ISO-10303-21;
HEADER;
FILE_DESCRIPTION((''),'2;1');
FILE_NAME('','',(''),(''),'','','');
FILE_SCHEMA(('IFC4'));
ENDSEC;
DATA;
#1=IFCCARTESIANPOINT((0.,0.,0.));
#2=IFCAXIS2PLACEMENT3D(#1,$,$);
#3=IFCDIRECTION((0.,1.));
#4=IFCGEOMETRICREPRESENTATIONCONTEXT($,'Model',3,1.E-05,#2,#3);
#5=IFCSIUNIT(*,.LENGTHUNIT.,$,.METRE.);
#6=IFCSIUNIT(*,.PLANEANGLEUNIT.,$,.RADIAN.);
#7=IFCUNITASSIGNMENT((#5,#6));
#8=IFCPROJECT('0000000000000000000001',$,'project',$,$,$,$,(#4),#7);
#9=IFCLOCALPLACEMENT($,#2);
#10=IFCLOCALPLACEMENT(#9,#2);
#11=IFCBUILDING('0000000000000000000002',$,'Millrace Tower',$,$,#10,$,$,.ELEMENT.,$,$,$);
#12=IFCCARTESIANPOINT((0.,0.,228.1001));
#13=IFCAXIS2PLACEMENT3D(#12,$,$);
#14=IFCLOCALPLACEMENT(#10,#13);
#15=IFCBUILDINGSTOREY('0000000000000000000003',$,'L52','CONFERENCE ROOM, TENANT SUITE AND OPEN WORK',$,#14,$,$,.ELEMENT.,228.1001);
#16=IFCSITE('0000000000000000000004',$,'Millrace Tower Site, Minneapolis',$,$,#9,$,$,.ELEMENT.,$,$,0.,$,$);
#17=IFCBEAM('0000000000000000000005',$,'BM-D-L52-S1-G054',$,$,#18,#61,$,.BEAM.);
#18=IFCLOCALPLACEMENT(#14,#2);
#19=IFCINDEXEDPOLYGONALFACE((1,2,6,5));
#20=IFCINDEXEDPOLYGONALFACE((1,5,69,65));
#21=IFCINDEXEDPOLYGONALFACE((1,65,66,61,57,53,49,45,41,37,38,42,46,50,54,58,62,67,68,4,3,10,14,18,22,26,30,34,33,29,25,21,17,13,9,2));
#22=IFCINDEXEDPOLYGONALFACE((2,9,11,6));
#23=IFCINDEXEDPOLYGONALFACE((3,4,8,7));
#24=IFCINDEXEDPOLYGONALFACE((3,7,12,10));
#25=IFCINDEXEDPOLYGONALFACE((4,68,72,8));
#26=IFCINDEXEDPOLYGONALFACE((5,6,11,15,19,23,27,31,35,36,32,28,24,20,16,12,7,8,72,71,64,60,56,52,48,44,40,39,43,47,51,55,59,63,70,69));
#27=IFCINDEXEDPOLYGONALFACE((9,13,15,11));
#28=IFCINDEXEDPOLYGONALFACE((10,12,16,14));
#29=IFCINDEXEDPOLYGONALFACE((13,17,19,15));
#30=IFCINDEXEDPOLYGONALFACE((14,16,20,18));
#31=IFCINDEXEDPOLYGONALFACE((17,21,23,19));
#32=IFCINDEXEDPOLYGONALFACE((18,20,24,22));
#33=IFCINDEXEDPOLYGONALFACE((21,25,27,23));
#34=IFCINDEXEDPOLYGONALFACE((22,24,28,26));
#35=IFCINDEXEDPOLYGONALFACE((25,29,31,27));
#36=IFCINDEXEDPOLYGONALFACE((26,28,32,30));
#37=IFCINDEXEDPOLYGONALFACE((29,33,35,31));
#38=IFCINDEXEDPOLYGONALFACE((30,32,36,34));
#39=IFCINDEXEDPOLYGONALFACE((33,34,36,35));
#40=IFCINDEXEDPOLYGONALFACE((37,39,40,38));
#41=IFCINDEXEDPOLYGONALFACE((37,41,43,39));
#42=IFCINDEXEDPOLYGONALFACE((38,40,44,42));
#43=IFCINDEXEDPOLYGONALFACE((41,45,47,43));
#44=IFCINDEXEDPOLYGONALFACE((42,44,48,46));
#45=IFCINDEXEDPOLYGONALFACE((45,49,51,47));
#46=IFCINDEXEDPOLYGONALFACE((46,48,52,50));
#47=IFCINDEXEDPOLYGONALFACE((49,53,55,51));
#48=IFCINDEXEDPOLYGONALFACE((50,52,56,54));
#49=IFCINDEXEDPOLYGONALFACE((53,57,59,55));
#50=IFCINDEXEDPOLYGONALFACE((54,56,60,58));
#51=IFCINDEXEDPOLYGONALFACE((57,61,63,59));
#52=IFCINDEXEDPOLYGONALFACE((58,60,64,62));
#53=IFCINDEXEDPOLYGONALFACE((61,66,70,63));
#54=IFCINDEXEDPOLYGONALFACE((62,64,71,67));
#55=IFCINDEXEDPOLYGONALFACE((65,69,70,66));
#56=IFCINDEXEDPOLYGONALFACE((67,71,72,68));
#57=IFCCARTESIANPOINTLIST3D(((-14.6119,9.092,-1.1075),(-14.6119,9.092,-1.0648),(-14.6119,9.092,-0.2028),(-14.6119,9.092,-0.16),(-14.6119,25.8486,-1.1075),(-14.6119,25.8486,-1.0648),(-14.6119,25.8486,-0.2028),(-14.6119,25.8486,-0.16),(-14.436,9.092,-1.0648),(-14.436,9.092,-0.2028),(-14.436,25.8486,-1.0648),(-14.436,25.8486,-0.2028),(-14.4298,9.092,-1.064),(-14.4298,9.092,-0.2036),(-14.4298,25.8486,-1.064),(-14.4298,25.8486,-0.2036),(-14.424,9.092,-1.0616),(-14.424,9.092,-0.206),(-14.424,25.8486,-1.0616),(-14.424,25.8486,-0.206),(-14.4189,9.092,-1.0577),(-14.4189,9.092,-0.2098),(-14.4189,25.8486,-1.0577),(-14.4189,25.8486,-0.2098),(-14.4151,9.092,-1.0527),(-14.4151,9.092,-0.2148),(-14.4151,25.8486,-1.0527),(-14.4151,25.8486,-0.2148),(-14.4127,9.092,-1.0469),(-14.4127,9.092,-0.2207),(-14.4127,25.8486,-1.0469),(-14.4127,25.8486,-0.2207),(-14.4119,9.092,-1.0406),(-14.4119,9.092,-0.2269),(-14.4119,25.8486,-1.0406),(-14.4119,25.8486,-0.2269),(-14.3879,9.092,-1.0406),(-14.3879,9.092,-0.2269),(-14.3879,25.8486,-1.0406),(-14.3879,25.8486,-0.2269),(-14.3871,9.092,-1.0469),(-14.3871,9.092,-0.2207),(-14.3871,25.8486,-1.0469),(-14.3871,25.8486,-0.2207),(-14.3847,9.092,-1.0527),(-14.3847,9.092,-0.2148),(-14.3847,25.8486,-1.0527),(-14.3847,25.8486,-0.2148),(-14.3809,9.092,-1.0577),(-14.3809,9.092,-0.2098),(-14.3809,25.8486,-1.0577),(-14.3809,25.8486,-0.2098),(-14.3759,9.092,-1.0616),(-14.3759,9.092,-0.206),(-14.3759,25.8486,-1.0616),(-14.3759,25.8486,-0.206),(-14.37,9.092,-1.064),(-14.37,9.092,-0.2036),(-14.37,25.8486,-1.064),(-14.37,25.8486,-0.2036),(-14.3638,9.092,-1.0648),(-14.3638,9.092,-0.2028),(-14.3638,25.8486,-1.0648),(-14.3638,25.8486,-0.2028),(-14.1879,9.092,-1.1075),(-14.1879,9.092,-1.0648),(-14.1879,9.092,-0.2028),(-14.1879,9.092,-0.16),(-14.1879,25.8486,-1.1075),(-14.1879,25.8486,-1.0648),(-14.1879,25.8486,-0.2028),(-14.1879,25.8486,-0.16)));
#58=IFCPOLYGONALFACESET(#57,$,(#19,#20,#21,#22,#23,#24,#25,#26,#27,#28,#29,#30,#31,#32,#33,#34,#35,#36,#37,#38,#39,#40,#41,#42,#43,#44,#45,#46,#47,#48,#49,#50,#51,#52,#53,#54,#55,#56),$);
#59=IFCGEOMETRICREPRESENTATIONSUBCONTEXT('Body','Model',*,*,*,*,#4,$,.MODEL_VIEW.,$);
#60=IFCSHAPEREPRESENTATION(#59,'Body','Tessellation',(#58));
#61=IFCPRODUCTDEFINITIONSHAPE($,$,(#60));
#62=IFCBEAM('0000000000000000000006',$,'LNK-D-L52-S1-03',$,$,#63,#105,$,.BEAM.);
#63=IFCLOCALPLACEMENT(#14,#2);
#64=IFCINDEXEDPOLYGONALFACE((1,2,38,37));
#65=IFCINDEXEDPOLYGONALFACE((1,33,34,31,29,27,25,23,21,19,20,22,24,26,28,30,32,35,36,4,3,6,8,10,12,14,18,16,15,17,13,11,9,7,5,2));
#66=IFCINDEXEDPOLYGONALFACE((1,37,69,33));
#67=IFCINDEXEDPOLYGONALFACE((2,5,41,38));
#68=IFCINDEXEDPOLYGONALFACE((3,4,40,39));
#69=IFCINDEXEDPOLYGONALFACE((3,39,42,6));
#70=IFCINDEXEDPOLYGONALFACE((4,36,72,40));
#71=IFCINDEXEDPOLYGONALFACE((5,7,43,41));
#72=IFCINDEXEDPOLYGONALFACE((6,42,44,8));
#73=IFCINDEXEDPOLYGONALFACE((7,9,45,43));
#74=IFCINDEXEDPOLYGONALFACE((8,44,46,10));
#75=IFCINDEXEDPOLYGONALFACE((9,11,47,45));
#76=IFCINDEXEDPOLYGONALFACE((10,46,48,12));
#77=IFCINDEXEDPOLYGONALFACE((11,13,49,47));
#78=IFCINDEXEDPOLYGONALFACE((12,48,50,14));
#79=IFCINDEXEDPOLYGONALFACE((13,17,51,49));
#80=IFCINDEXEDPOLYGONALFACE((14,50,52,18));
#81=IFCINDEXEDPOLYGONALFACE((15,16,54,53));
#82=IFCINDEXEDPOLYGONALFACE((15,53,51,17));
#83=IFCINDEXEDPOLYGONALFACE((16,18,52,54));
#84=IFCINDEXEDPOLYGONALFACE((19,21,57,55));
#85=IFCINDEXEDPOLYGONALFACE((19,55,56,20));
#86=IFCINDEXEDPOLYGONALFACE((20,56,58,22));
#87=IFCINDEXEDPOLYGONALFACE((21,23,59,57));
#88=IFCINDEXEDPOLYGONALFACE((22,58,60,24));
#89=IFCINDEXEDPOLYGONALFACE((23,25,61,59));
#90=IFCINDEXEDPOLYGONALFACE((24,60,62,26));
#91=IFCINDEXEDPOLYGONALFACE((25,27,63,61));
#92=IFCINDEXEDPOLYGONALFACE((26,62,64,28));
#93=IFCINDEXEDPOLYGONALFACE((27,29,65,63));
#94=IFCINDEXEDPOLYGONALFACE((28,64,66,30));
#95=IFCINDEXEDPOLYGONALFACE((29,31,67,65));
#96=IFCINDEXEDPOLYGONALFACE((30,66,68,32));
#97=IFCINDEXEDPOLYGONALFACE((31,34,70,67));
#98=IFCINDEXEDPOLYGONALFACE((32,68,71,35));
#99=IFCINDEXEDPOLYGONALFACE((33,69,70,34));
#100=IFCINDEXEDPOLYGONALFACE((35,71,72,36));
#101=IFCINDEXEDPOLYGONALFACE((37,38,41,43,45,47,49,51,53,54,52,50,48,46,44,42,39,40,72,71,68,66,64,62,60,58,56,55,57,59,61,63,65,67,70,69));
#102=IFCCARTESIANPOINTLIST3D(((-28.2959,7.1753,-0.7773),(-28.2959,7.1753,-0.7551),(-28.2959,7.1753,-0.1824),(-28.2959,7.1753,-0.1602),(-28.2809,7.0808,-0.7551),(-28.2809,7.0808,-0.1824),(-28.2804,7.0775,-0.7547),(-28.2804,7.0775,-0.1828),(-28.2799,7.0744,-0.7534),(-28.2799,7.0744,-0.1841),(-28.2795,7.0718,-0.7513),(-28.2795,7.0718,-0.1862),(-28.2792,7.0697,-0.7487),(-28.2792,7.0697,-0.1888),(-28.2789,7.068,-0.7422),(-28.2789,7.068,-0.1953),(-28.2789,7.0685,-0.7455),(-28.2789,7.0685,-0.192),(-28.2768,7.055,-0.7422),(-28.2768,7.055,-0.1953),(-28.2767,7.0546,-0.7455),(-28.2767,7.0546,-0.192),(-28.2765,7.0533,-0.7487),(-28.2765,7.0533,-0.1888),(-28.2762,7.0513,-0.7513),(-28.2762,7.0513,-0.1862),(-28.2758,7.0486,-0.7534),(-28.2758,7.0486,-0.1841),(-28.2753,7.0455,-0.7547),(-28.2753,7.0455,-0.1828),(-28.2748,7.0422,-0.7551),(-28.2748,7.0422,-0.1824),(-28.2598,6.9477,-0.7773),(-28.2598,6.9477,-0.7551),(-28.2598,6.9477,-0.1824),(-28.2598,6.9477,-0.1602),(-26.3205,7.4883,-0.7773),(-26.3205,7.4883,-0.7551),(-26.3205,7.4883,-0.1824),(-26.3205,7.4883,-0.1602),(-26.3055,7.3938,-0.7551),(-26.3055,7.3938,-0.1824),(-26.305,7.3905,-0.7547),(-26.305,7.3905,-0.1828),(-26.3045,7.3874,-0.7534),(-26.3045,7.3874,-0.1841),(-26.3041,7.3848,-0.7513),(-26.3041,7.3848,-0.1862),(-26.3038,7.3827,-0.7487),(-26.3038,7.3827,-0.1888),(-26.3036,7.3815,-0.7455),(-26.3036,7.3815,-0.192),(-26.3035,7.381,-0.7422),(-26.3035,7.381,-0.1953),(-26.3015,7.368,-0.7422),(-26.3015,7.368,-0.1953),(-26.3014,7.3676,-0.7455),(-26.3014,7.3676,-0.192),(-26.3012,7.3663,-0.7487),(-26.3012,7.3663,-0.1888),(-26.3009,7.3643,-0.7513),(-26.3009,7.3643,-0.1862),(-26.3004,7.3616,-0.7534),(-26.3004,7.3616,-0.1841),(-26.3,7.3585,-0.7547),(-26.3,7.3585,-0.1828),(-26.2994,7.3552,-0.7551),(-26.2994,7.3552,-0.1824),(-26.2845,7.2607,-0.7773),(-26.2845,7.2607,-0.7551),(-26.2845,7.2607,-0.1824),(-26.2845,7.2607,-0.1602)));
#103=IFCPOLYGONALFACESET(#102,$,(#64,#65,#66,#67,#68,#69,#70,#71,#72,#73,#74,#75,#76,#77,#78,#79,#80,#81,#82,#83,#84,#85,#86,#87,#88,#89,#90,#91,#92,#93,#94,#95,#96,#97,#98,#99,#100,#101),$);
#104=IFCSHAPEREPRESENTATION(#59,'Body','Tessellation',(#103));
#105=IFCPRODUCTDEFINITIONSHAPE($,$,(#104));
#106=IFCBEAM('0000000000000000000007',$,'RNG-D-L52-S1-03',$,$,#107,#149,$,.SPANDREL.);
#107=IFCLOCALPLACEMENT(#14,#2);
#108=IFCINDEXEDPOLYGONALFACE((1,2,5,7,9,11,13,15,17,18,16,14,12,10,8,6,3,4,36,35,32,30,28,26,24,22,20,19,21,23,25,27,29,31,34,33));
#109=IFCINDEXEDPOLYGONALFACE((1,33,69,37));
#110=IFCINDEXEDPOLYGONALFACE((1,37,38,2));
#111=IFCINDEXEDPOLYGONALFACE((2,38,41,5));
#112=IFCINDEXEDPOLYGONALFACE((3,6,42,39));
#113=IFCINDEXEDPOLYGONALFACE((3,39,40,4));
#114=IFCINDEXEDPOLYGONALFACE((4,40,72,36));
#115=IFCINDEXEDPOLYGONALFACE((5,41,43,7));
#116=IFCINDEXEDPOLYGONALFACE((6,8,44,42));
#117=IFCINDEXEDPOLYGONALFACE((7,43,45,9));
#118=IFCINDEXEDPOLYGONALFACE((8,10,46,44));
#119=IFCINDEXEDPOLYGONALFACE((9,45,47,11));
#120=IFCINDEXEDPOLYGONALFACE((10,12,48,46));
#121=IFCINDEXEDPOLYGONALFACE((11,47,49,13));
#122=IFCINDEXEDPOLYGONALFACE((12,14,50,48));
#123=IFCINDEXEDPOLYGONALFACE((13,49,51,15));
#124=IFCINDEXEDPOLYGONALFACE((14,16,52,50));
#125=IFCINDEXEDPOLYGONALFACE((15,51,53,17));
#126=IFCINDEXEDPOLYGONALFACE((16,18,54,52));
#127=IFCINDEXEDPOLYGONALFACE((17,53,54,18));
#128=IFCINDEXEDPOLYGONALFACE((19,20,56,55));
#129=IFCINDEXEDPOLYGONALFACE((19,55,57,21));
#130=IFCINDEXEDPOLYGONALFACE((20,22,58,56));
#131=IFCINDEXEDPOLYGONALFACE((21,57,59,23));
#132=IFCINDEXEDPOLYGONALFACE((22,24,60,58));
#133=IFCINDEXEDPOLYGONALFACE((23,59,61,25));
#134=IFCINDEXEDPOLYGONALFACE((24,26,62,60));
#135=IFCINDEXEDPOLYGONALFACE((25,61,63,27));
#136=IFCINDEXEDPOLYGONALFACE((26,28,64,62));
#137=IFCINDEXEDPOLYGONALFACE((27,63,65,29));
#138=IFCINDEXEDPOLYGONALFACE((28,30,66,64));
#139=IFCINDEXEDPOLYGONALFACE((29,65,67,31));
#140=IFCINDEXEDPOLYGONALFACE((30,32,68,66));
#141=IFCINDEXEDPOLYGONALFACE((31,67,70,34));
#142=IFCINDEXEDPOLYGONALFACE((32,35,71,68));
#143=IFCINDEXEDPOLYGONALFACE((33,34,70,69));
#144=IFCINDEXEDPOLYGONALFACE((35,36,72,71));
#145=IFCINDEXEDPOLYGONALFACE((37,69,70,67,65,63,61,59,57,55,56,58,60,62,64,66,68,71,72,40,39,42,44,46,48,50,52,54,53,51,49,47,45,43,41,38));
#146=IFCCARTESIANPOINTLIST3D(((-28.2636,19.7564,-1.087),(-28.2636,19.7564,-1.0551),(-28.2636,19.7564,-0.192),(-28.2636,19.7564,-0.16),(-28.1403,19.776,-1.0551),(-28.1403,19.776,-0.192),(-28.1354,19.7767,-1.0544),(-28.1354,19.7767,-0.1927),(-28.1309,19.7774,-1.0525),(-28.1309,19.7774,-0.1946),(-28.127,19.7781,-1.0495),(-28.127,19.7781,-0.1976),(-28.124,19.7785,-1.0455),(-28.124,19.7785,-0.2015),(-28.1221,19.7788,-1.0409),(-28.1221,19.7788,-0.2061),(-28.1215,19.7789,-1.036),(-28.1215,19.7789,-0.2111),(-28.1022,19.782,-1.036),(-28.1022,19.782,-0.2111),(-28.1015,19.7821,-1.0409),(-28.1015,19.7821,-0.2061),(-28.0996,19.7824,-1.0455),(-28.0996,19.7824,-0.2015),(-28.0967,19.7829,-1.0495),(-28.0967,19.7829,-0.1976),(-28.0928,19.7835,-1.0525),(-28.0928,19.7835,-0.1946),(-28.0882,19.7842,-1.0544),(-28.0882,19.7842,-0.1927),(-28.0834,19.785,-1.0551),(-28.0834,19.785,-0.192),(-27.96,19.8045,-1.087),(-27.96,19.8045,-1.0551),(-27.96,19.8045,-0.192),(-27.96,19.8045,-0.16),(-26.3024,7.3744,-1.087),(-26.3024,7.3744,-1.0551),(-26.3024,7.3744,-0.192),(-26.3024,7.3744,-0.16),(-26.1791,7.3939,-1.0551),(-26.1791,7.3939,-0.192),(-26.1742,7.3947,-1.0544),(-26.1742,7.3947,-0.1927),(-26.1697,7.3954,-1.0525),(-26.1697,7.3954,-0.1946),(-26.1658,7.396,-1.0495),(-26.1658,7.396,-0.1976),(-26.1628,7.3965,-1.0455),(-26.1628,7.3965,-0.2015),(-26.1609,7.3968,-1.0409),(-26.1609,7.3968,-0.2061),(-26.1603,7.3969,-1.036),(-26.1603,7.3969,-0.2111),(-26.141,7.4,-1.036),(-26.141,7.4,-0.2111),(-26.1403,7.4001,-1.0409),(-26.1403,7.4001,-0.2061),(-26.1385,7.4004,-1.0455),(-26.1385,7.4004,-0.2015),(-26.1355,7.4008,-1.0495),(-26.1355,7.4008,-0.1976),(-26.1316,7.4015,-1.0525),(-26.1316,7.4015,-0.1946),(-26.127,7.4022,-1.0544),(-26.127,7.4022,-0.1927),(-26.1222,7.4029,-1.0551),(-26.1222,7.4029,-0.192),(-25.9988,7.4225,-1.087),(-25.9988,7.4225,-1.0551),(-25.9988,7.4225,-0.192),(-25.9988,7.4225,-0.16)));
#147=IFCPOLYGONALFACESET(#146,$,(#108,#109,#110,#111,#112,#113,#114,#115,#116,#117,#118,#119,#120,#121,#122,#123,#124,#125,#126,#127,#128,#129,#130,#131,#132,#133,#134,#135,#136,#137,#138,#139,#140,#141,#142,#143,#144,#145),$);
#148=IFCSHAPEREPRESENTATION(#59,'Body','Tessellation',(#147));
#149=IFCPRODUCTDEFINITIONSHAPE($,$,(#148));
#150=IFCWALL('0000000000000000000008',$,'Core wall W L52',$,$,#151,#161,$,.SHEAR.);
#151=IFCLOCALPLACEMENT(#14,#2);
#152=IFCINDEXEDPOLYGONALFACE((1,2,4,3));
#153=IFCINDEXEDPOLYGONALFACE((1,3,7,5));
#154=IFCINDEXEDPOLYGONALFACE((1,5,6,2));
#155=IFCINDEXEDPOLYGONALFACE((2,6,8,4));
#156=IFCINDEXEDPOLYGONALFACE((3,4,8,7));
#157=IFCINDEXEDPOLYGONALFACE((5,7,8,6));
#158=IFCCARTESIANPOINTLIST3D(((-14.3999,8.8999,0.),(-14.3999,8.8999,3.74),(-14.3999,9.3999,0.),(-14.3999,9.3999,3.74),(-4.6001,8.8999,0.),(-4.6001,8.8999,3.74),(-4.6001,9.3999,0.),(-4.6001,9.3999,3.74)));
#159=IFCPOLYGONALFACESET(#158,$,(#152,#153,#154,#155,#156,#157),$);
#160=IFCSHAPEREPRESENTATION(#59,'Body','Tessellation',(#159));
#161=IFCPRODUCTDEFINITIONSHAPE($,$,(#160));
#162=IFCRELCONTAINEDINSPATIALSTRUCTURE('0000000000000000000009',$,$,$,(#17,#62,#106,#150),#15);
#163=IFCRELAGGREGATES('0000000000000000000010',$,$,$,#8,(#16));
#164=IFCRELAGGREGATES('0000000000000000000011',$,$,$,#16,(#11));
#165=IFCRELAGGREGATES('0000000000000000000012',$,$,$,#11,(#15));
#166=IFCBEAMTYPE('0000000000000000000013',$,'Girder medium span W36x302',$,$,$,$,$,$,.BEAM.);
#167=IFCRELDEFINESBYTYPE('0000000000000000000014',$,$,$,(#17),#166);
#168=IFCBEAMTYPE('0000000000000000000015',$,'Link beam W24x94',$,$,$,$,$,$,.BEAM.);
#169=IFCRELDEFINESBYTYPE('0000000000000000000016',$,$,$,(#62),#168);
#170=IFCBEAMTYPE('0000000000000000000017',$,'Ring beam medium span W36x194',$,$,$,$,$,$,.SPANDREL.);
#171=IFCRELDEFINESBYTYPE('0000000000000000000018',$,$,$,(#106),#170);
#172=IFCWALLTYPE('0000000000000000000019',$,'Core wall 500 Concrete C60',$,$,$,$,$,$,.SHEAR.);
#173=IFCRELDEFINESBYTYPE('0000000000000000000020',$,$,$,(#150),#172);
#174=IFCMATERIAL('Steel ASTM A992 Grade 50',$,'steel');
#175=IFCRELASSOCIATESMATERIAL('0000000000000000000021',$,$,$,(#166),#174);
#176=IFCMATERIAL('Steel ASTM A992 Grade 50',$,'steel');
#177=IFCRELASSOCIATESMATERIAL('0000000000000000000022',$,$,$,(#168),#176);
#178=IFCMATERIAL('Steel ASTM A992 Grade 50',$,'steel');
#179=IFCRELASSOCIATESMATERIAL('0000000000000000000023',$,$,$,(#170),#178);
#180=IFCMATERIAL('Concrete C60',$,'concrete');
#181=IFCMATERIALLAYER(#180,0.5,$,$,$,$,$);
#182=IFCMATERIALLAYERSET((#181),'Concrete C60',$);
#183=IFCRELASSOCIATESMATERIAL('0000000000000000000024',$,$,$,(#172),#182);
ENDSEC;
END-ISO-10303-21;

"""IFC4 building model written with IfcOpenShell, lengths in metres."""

from ifc_helpers import new_model, si_unit, direction, frame, frame_2d, origin, origin_2d, place, context, subcontext, project, spatial, rectangle, i_section, extrude, material, layer, layer_set, material_profile, profile_set, type_object, element, save


model = new_model("IFC4")

# Units and contexts
model_context = context("Model", 3, precision=1e-05, world=origin(), true_north=direction((0.0, 1.0)))
body_context = subcontext(model_context, "Body", "Model", "MODEL_VIEW")
ifc_project = project(units=[si_unit("LENGTHUNIT", "METRE"), si_unit("PLANEANGLEUNIT", "RADIAN")], contexts=[model_context])

# Site, building, storey
site_placement = place(None, origin())
site = spatial("IfcSite", under=ifc_project, at=site_placement, Name="Millrace Tower Site, Minneapolis", CompositionType="ELEMENT", RefElevation=0.0)
building_placement = place(site_placement, origin())
building = spatial("IfcBuilding", under=site, at=building_placement, Name="Millrace Tower", CompositionType="ELEMENT")
storey_placement = place(building_placement, frame((0.0, 0.0, 228.1001)))
storey = spatial("IfcBuildingStorey", under=building, at=storey_placement, Name="L52", Description="CONFERENCE ROOM, TENANT SUITE AND OPEN WORK", CompositionType="ELEMENT", Elevation=228.1001)

# Beams
ifc_material_1 = material(Name="Steel ASTM A992 Grade 50", Category="steel")
ifc_material_profile_1 = material_profile(ifc_material_1, i_section(OverallWidth=0.4241, OverallDepth=0.9475, WebThickness=0.0239, FlangeThickness=0.0427, FilletRadius=0.0242, at=origin_2d()))
ifc_profile_set_1 = profile_set([ifc_material_profile_1], Name="Steel ASTM A992 Grade 50")
beam_type_1 = type_object("IfcBeamType", Name="Girder medium span W36x302", PredefinedType="BEAM", material=ifc_profile_set_1)
beam_1_placement = place(storey_placement, frame((-14.3999, 9.092, -0.6338), z_axis=(0.0, 1.0, 0.0), x_axis=(-1.0, 0.0, 0.0)))
element("IfcBeam", 1, at=beam_1_placement, inside=storey, type_object=beam_type_1, Name="BM-D-L52-S1-G054", PredefinedType="BEAM", context=body_context, shape_type="SweptSolid", body=[
    extrude(i_section(OverallWidth=0.4241, OverallDepth=0.9475, WebThickness=0.0239, FlangeThickness=0.0427, FilletRadius=0.0242, at=origin_2d()), origin(), (0.0, 0.0, 1.0), 16.7566),
])
ifc_material_2 = material(Name="Steel ASTM A992 Grade 50", Category="steel")
ifc_material_profile_2 = material_profile(ifc_material_2, i_section(OverallWidth=0.2305, OverallDepth=0.6172, WebThickness=0.0132, FlangeThickness=0.0222, FilletRadius=0.0129, at=origin_2d()))
ifc_profile_set_2 = profile_set([ifc_material_profile_2], Name="Steel ASTM A992 Grade 50")
beam_type_2 = type_object("IfcBeamType", Name="Link beam W24x94", PredefinedType="BEAM", material=ifc_profile_set_2)
beam_2_placement = place(storey_placement, frame((-26.3025, 7.3745, -0.4688), z_axis=(-0.987679, -0.156495, 0.0), x_axis=(0.156495, -0.987679, 0.0)))
element("IfcBeam", 2, at=beam_2_placement, inside=storey, type_object=beam_type_2, Name="LNK-D-L52-S1-03", PredefinedType="BEAM", context=body_context, shape_type="SweptSolid", body=[
    extrude(i_section(OverallWidth=0.2305, OverallDepth=0.6172, WebThickness=0.0132, FlangeThickness=0.0222, FilletRadius=0.0129, at=origin_2d()), origin(), (0.0, 0.0, 1.0), 2.0),
])
ifc_material_3 = material(Name="Steel ASTM A992 Grade 50", Category="steel")
ifc_material_profile_3 = material_profile(ifc_material_3, i_section(OverallWidth=0.3074, OverallDepth=0.927, WebThickness=0.0195, FlangeThickness=0.032, FilletRadius=0.019, at=origin_2d()))
ifc_profile_set_3 = profile_set([ifc_material_profile_3], Name="Steel ASTM A992 Grade 50")
beam_type_3 = type_object("IfcBeamType", Name="Ring beam medium span W36x194", PredefinedType="SPANDREL", material=ifc_profile_set_3)
beam_3_placement = place(storey_placement, frame((-26.1506, 7.3984, -0.6235), z_axis=(-0.156439, 0.987688, 0.0), x_axis=(-0.987688, -0.156439, 0.0)))
element("IfcBeam", 3, at=beam_3_placement, inside=storey, type_object=beam_type_3, Name="RNG-D-L52-S1-03", PredefinedType="SPANDREL", context=body_context, shape_type="SweptSolid", body=[
    extrude(i_section(OverallWidth=0.3074, OverallDepth=0.927, WebThickness=0.0195, FlangeThickness=0.032, FilletRadius=0.019, at=origin_2d()), origin(), (0.0, 0.0, 1.0), 12.5364),
])

# Wall
ifc_material_4 = material(Name="Concrete C60", Category="concrete")
ifc_layer_1 = layer(ifc_material_4, 0.5)
ifc_layer_set_1 = layer_set([ifc_layer_1], Name="Concrete C60")
wall_type_1 = type_object("IfcWallType", Name="Core wall 500 Concrete C60", PredefinedType="SHEAR", material=ifc_layer_set_1)
wall_1_placement = place(storey_placement, frame((-14.3999, 9.1499, 0.0), z_axis=(0.0, 0.0, 1.0), x_axis=(1.0, 0.0, 0.0)))
element("IfcWall", 4, at=wall_1_placement, inside=storey, type_object=wall_type_1, Name="Core wall W L52", PredefinedType="SHEAR", context=body_context, shape_type="SweptSolid", body=[
    extrude(rectangle(XDim=9.7998, YDim=0.5, at=frame_2d((4.8999, 0.0))), origin(), (0.0, 0.0, 1.0), 3.74),
])

save(model, "model.ifc")
